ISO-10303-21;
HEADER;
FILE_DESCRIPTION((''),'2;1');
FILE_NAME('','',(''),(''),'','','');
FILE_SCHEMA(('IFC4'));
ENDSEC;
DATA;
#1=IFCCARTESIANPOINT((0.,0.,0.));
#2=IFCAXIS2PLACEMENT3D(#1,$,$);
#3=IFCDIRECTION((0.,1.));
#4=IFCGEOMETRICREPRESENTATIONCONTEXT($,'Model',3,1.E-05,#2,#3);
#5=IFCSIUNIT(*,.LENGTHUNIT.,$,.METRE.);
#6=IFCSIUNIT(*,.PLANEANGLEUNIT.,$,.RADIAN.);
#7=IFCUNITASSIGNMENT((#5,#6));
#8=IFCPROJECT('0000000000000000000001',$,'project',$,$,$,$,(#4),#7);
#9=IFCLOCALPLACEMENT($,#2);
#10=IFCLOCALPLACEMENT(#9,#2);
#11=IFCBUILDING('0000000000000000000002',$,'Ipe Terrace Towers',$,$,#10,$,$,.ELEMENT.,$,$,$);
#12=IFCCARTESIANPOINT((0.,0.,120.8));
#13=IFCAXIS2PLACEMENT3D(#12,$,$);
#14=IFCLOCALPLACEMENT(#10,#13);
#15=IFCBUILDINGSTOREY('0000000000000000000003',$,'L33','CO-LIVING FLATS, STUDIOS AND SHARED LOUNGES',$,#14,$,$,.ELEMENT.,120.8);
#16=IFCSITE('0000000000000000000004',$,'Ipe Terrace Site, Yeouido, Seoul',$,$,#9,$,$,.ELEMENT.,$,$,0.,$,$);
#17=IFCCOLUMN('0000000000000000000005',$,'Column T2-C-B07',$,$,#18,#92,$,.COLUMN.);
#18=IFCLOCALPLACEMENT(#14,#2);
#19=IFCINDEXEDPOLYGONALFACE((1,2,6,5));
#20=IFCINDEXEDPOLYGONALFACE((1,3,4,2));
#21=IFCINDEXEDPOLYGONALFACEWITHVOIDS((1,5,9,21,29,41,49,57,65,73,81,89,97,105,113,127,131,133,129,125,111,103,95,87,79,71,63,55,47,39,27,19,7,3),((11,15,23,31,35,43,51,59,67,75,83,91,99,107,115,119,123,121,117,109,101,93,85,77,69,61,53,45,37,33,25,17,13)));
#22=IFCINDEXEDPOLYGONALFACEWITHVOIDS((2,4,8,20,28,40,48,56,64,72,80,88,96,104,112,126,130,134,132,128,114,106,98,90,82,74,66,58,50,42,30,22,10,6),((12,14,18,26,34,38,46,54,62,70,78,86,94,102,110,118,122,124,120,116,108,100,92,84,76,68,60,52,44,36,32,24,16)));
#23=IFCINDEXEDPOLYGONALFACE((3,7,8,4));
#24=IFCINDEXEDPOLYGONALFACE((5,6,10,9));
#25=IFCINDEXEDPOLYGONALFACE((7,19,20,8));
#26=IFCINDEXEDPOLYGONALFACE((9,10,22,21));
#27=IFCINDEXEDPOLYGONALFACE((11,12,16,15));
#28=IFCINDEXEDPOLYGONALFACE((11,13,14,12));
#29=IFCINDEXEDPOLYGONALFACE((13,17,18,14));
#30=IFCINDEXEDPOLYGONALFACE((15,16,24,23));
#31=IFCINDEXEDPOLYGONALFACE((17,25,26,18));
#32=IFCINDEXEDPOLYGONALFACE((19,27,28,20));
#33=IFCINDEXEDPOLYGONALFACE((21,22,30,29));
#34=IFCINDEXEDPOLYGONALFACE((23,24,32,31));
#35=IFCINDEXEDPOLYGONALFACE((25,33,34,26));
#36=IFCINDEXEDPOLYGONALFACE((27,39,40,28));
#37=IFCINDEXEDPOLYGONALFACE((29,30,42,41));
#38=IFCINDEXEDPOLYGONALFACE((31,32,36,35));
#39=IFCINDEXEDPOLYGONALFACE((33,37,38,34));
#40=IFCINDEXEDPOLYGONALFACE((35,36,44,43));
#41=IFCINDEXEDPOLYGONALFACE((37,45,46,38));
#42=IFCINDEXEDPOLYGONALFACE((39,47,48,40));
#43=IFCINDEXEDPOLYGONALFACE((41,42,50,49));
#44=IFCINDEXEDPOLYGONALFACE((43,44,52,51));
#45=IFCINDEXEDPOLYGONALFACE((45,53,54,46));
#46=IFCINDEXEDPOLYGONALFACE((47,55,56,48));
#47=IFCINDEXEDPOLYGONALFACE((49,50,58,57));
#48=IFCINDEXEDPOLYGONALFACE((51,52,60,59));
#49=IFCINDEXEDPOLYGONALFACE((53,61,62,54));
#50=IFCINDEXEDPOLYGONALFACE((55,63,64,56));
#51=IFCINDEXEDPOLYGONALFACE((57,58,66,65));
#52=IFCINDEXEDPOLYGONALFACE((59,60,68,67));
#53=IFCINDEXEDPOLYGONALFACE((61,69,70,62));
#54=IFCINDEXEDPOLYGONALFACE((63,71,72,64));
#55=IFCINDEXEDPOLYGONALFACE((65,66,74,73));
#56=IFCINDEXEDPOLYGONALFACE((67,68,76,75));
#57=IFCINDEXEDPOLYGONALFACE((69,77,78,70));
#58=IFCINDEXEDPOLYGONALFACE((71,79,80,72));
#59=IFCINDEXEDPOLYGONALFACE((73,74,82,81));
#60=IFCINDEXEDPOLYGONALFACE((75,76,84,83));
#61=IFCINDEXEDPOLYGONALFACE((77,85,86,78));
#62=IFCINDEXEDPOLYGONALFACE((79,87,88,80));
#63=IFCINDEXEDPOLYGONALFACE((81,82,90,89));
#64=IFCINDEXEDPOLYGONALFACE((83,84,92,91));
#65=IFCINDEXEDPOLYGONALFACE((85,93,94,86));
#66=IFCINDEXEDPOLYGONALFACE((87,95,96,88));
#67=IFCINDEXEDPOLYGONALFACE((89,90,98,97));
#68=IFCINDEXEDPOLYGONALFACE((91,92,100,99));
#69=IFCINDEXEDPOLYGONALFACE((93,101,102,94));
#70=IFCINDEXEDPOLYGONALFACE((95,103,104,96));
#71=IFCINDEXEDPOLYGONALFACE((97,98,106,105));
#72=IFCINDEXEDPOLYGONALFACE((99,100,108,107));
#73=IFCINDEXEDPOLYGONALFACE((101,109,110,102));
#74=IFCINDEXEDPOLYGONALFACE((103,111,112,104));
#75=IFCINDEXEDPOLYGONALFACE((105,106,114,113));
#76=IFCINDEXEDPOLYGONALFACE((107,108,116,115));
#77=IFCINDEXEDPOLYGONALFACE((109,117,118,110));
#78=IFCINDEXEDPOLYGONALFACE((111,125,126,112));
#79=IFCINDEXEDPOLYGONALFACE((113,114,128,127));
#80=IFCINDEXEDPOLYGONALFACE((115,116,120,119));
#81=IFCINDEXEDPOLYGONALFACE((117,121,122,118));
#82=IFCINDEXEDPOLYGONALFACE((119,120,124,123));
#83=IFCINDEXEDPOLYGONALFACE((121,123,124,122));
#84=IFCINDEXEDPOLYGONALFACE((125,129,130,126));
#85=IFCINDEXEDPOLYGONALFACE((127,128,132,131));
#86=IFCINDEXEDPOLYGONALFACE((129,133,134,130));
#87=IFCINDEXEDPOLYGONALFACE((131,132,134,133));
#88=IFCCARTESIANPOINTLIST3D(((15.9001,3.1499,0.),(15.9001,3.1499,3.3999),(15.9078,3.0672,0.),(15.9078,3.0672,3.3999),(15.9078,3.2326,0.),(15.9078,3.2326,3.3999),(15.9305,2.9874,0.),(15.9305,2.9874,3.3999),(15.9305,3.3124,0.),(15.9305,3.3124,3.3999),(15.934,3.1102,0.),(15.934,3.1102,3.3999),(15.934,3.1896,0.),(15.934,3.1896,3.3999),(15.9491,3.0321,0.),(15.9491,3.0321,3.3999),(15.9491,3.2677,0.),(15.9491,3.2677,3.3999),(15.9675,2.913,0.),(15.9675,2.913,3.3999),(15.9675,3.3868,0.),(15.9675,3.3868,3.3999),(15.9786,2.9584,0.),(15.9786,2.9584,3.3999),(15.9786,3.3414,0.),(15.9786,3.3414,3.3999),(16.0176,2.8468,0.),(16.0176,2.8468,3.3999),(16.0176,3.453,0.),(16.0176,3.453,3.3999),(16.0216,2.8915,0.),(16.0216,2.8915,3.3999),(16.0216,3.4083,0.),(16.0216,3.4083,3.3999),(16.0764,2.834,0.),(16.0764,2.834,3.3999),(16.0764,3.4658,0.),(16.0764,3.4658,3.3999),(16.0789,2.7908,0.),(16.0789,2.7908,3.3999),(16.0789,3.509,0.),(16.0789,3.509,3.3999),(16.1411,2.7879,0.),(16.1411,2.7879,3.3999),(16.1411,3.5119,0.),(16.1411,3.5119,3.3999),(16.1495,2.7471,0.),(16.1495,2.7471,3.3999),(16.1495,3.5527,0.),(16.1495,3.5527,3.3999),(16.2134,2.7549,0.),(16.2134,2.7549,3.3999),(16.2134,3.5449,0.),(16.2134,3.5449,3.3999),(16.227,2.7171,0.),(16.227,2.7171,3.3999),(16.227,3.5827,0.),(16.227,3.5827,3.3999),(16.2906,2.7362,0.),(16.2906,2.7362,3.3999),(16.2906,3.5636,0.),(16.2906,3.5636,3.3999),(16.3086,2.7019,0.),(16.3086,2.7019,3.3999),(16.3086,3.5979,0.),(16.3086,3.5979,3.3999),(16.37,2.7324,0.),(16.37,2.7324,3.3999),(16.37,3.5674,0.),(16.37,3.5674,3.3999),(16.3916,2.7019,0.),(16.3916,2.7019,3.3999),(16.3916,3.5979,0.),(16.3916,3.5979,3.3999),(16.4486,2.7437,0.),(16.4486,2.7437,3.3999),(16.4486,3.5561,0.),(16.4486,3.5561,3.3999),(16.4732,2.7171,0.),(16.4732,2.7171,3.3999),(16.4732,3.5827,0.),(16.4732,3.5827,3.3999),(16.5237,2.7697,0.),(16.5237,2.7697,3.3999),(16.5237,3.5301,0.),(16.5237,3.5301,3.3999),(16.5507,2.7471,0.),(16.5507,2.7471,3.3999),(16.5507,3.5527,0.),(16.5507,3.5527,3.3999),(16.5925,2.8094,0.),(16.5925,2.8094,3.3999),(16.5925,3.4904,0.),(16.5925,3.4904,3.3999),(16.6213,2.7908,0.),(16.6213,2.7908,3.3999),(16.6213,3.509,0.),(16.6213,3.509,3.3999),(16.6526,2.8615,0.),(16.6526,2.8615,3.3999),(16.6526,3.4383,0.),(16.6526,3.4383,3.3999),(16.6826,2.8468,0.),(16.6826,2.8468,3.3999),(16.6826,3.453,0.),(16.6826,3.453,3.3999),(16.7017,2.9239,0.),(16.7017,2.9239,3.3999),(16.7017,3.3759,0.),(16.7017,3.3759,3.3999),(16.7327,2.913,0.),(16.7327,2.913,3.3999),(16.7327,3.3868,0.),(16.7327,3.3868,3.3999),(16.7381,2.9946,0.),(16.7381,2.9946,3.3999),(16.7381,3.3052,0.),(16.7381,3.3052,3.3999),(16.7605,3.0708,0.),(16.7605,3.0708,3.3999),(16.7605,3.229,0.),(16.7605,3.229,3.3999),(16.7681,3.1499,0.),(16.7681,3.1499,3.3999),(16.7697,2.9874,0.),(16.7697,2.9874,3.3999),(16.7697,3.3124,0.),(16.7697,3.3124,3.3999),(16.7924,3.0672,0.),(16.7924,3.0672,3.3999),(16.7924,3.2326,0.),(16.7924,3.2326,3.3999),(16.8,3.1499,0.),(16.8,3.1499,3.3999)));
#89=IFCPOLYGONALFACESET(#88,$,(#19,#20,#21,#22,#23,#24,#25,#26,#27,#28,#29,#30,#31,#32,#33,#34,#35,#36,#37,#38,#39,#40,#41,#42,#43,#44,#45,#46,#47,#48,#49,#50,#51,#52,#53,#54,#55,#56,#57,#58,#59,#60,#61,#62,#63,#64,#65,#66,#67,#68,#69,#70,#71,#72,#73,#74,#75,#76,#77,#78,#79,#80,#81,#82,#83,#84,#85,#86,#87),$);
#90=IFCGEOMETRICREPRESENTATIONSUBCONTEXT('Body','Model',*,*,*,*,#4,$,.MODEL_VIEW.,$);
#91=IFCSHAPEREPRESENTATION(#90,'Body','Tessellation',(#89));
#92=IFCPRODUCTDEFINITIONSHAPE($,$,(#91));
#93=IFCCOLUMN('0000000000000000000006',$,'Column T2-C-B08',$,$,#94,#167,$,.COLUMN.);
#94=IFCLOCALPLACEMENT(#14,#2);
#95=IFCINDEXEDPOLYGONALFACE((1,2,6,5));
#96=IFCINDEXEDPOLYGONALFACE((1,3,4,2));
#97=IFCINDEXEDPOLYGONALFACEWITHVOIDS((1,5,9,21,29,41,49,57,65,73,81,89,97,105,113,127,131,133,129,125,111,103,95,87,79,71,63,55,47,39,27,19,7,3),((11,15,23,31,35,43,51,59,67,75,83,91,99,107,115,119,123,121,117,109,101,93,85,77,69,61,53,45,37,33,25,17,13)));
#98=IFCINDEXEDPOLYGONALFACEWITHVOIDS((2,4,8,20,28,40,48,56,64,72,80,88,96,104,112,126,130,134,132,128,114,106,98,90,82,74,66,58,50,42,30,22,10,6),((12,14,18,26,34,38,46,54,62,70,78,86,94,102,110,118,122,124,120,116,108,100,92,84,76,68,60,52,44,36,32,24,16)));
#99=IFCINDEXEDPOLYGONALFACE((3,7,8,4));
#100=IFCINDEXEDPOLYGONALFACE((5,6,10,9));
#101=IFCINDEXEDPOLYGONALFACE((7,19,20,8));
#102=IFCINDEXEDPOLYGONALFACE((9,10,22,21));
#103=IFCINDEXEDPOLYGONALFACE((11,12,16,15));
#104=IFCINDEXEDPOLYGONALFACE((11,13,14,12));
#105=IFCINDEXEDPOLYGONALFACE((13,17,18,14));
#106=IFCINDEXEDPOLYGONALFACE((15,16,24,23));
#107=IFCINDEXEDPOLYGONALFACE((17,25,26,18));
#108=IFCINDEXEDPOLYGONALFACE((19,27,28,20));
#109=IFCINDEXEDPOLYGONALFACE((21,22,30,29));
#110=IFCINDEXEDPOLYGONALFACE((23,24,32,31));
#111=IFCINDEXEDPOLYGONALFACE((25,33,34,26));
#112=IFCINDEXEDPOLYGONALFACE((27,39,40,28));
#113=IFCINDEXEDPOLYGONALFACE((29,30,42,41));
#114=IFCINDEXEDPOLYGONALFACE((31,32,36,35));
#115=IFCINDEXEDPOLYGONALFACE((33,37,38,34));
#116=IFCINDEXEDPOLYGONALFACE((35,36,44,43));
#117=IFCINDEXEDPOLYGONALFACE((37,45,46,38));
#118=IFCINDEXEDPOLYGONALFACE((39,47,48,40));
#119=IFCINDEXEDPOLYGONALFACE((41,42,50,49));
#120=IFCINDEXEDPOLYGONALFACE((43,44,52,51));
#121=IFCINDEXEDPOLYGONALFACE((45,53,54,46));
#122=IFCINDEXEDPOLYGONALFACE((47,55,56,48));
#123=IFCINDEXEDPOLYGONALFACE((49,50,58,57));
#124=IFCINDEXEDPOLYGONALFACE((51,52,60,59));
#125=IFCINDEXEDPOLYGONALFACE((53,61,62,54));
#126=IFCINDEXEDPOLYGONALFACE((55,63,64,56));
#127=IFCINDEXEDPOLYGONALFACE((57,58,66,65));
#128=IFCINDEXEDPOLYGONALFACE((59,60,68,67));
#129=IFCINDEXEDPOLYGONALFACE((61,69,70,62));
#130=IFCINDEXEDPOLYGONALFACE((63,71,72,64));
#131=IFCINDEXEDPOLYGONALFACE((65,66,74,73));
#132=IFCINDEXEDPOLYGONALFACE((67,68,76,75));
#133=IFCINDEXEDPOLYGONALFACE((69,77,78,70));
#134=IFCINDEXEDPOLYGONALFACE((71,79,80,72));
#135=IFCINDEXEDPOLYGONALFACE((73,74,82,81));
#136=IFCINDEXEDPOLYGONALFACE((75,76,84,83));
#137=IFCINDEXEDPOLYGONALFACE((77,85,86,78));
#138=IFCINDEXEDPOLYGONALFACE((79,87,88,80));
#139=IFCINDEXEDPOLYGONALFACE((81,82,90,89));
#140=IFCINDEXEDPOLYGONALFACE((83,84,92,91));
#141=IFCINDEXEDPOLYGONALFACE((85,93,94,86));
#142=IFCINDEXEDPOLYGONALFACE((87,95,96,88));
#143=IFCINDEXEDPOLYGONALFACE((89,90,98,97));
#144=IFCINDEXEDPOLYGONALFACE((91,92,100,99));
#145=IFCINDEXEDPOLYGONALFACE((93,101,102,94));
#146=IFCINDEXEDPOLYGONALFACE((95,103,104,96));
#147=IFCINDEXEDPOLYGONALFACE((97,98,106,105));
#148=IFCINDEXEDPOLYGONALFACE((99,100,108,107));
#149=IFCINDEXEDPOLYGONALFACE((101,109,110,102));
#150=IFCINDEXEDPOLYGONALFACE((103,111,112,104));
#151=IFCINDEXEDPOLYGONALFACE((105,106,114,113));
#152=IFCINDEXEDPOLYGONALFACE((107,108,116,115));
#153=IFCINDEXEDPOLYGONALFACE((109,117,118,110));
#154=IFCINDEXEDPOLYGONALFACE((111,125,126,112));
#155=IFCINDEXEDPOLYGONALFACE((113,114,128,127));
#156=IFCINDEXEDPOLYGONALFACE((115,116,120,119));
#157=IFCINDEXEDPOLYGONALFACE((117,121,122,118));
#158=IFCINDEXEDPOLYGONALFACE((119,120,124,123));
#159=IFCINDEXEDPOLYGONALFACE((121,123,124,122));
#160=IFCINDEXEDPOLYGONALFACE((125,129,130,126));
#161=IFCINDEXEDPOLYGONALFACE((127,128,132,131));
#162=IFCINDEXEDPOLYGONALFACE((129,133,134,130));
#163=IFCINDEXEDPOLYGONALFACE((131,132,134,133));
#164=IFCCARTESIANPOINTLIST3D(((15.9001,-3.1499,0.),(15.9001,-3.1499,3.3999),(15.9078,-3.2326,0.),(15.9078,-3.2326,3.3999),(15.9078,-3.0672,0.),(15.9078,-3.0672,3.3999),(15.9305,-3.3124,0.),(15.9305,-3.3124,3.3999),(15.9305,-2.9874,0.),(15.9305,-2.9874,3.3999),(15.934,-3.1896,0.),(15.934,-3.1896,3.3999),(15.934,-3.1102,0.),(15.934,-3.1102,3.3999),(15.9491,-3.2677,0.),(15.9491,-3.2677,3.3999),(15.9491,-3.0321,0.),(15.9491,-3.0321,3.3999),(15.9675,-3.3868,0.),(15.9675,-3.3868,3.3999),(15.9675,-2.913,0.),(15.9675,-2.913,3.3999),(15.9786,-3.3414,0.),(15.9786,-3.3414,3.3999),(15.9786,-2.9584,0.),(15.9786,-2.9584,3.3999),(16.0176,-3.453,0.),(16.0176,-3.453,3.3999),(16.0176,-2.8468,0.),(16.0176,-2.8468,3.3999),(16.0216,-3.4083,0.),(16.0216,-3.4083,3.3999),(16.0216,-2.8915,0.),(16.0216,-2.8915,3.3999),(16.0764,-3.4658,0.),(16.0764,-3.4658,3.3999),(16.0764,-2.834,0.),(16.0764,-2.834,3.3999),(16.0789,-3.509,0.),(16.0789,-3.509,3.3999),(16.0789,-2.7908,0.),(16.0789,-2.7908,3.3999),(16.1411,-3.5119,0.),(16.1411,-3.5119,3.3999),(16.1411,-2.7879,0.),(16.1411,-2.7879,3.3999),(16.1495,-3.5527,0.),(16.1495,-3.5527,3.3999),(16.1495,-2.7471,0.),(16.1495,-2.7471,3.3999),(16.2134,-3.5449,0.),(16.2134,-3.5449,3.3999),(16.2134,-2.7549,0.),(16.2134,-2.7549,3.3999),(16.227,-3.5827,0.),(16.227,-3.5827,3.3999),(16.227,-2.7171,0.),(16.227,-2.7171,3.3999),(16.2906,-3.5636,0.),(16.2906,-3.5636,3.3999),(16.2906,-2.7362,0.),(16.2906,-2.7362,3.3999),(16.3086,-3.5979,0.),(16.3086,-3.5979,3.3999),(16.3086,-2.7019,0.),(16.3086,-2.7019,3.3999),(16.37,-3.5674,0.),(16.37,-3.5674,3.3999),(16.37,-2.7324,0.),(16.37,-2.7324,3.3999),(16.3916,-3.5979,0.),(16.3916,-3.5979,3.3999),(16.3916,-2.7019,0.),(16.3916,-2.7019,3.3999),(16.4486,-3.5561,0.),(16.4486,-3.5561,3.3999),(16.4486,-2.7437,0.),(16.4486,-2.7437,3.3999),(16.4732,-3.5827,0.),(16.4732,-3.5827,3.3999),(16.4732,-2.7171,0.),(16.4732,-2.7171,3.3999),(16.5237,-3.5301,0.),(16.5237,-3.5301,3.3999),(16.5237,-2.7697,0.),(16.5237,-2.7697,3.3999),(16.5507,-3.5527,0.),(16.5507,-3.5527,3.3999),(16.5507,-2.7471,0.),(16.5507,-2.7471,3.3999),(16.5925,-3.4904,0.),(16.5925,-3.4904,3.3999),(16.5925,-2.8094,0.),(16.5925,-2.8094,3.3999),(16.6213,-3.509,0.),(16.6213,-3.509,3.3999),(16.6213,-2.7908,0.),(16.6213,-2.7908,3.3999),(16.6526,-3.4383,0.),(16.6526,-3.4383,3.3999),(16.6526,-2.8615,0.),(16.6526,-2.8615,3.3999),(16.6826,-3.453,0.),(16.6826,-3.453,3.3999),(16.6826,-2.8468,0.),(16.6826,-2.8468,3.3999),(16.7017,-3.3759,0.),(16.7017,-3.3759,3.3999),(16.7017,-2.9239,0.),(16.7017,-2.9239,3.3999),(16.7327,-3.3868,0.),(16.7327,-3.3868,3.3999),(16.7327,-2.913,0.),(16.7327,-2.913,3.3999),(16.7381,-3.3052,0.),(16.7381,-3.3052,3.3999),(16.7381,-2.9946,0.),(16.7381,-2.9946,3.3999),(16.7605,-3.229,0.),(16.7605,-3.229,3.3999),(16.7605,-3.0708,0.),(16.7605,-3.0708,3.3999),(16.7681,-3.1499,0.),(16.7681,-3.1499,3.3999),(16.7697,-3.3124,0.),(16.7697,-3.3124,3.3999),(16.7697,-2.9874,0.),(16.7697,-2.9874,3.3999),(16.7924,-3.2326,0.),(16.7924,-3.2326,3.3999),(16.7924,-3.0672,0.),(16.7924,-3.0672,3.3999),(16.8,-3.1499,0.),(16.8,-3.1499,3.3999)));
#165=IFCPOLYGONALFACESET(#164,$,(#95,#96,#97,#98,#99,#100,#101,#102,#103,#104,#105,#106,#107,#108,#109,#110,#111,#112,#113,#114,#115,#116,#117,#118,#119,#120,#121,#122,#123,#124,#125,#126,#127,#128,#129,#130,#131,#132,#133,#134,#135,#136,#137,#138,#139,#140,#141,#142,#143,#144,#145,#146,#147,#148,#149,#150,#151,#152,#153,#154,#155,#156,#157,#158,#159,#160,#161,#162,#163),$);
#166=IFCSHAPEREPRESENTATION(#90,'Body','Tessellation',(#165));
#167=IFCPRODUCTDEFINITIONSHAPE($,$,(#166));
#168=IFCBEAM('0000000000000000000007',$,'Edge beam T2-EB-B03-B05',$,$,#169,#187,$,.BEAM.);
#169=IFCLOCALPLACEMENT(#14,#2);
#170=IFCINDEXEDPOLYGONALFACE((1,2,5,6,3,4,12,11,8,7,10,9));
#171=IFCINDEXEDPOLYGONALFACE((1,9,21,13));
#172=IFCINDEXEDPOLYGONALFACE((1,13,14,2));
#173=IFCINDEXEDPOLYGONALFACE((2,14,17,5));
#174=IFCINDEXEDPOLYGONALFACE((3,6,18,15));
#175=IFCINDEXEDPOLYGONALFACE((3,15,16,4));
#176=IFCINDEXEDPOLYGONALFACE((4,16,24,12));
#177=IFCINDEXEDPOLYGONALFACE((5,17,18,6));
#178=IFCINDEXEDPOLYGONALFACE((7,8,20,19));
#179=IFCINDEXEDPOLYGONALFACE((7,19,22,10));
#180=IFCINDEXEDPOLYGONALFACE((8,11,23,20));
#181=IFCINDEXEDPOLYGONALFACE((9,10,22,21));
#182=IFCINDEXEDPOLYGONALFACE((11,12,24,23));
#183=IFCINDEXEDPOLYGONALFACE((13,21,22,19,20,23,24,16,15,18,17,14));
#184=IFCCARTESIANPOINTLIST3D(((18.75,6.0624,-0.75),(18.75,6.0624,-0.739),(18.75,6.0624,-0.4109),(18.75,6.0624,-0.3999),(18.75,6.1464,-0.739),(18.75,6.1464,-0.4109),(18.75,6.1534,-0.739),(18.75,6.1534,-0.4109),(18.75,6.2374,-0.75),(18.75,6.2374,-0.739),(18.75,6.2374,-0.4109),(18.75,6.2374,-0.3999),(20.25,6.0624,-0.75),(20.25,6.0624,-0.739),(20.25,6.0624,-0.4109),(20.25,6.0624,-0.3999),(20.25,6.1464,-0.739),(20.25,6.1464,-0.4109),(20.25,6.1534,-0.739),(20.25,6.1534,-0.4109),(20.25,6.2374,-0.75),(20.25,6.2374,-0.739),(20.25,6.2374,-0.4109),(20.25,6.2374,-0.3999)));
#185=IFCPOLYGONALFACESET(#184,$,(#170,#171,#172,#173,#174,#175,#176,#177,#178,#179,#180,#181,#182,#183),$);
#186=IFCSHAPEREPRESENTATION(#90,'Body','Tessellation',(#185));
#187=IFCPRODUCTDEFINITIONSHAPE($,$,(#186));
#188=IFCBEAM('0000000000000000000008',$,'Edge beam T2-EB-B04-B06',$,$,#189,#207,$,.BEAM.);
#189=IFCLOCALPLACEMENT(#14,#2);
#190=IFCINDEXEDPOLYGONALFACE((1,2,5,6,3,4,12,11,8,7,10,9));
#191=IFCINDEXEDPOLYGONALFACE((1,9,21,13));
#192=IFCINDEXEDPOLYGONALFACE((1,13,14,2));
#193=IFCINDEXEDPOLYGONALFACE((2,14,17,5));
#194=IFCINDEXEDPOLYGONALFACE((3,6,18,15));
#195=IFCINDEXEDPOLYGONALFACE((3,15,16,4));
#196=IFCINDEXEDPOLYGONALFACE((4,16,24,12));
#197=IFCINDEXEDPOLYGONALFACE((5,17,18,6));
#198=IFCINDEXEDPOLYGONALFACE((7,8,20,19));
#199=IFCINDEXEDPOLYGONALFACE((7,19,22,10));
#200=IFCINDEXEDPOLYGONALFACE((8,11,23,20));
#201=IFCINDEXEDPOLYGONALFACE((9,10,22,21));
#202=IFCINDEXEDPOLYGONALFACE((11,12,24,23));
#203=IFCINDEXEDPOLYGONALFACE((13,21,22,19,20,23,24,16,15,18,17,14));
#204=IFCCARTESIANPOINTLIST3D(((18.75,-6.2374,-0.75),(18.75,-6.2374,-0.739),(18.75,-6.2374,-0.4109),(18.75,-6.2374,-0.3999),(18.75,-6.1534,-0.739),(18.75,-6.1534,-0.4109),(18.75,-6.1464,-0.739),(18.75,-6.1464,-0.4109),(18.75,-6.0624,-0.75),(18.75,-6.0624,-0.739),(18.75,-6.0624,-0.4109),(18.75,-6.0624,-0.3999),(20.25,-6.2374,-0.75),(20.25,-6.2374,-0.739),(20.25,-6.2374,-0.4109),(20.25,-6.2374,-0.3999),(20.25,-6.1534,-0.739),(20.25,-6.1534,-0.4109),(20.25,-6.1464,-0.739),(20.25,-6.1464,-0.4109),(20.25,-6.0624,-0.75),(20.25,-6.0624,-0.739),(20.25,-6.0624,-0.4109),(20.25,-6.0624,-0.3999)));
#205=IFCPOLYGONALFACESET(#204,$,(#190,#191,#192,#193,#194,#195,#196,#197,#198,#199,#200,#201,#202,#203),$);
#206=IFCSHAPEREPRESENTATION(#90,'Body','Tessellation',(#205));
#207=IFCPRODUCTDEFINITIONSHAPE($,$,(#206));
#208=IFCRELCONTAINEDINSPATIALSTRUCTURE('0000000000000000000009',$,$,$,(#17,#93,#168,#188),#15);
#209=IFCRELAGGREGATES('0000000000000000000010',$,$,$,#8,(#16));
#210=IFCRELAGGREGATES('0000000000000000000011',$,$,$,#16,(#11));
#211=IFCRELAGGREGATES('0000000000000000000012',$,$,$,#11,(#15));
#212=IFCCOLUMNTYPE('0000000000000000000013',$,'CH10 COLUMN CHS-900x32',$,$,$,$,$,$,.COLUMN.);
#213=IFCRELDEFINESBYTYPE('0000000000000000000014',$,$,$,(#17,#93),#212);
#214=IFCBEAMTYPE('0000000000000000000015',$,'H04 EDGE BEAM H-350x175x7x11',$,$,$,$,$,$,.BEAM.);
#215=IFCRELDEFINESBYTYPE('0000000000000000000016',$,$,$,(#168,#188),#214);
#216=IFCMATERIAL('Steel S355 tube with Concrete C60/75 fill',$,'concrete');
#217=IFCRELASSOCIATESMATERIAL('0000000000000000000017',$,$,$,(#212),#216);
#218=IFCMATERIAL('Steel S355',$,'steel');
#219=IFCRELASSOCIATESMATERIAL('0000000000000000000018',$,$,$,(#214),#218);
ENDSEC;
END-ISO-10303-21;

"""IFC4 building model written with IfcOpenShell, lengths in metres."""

from ifc_helpers import new_model, si_unit, direction, frame, origin, origin_2d, place, context, subcontext, project, spatial, hollow_circle, i_section, extrude, material, material_profile, profile_set, type_object, element, save


model = new_model("IFC4")

# Units and contexts
model_context = context("Model", 3, precision=1e-05, world=origin(), true_north=direction((0.0, 1.0)))
body_context = subcontext(model_context, "Body", "Model", "MODEL_VIEW")
ifc_project = project(units=[si_unit("LENGTHUNIT", "METRE"), si_unit("PLANEANGLEUNIT", "RADIAN")], contexts=[model_context])

# Site, building, storey
site_placement = place(None, origin())
site = spatial("IfcSite", under=ifc_project, at=site_placement, Name="Ipe Terrace Site, Yeouido, Seoul", CompositionType="ELEMENT", RefElevation=0.0)
building_placement = place(site_placement, origin())
building = spatial("IfcBuilding", under=site, at=building_placement, Name="Ipe Terrace Towers", CompositionType="ELEMENT")
storey_placement = place(building_placement, frame((0.0, 0.0, 120.8)))
storey = spatial("IfcBuildingStorey", under=building, at=storey_placement, Name="L33", Description="CO-LIVING FLATS, STUDIOS AND SHARED LOUNGES", CompositionType="ELEMENT", Elevation=120.8)

# Columns
ifc_material_1 = material(Name="Steel S355 tube with Concrete C60/75 fill", Category="concrete")
ifc_material_profile_1 = material_profile(ifc_material_1, hollow_circle(Radius=0.45, WallThickness=0.032, at=origin_2d()), Name="CHS-900x32")
ifc_profile_set_1 = profile_set([ifc_material_profile_1], Name="Steel S355 tube with Concrete C60/75 fill")
column_type = type_object("IfcColumnType", Name="CH10 COLUMN CHS-900x32", PredefinedType="COLUMN", material=ifc_profile_set_1)
for number, where, z_axis, x_axis, name in (
    (1, (16.3501, 3.1499, 0.0), (0.0, 0.0, 1.0), (1.0, 0.0, 0.0), "Column T2-C-B07"),
    (2, (16.3501, -3.1499, 0.0), (0.0, 0.0, 1.0), (1.0, 0.0, 0.0), "Column T2-C-B08"),
):
    element("IfcColumn", number, at=place(storey_placement, frame(where, z_axis=z_axis, x_axis=x_axis)), inside=storey, type_object=column_type, Name=name, PredefinedType="COLUMN", context=body_context, shape_type="SweptSolid", body=[
        extrude(hollow_circle(Radius=0.45, WallThickness=0.032, at=origin_2d()), origin(), (0.0, 0.0, 1.0), 3.3999),
    ])

# Beams
ifc_material_2 = material(Name="Steel S355", Category="steel")
ifc_material_profile_2 = material_profile(ifc_material_2, i_section(OverallWidth=0.175, OverallDepth=0.3501, WebThickness=0.0071, FlangeThickness=0.011, at=origin_2d()), Name="H-350x175x7x11")
ifc_profile_set_2 = profile_set([ifc_material_profile_2], Name="Steel S355")
beam_type_1 = type_object("IfcBeamType", Name="H04 EDGE BEAM H-350x175x7x11", PredefinedType="BEAM", material=ifc_profile_set_2)
for number, where, z_axis, x_axis, name in (
    (3, (20.25, 6.1499, -0.575), (-1.0, 0.0, 0.0), (0.0, -1.0, 0.0), "Edge beam T2-EB-B03-B05"),
    (4, (20.25, -6.1499, -0.575), (-1.0, 0.0, 0.0), (0.0, -1.0, 0.0), "Edge beam T2-EB-B04-B06"),
):
    element("IfcBeam", number, at=place(storey_placement, frame(where, z_axis=z_axis, x_axis=x_axis)), inside=storey, type_object=beam_type_1, Name=name, PredefinedType="BEAM", context=body_context, shape_type="SweptSolid", body=[
        extrude(i_section(OverallWidth=0.175, OverallDepth=0.3501, WebThickness=0.0071, FlangeThickness=0.011, at=origin_2d()), origin(), (0.0, 0.0, 1.0), 1.5),
    ])

save(model, "model.ifc")
